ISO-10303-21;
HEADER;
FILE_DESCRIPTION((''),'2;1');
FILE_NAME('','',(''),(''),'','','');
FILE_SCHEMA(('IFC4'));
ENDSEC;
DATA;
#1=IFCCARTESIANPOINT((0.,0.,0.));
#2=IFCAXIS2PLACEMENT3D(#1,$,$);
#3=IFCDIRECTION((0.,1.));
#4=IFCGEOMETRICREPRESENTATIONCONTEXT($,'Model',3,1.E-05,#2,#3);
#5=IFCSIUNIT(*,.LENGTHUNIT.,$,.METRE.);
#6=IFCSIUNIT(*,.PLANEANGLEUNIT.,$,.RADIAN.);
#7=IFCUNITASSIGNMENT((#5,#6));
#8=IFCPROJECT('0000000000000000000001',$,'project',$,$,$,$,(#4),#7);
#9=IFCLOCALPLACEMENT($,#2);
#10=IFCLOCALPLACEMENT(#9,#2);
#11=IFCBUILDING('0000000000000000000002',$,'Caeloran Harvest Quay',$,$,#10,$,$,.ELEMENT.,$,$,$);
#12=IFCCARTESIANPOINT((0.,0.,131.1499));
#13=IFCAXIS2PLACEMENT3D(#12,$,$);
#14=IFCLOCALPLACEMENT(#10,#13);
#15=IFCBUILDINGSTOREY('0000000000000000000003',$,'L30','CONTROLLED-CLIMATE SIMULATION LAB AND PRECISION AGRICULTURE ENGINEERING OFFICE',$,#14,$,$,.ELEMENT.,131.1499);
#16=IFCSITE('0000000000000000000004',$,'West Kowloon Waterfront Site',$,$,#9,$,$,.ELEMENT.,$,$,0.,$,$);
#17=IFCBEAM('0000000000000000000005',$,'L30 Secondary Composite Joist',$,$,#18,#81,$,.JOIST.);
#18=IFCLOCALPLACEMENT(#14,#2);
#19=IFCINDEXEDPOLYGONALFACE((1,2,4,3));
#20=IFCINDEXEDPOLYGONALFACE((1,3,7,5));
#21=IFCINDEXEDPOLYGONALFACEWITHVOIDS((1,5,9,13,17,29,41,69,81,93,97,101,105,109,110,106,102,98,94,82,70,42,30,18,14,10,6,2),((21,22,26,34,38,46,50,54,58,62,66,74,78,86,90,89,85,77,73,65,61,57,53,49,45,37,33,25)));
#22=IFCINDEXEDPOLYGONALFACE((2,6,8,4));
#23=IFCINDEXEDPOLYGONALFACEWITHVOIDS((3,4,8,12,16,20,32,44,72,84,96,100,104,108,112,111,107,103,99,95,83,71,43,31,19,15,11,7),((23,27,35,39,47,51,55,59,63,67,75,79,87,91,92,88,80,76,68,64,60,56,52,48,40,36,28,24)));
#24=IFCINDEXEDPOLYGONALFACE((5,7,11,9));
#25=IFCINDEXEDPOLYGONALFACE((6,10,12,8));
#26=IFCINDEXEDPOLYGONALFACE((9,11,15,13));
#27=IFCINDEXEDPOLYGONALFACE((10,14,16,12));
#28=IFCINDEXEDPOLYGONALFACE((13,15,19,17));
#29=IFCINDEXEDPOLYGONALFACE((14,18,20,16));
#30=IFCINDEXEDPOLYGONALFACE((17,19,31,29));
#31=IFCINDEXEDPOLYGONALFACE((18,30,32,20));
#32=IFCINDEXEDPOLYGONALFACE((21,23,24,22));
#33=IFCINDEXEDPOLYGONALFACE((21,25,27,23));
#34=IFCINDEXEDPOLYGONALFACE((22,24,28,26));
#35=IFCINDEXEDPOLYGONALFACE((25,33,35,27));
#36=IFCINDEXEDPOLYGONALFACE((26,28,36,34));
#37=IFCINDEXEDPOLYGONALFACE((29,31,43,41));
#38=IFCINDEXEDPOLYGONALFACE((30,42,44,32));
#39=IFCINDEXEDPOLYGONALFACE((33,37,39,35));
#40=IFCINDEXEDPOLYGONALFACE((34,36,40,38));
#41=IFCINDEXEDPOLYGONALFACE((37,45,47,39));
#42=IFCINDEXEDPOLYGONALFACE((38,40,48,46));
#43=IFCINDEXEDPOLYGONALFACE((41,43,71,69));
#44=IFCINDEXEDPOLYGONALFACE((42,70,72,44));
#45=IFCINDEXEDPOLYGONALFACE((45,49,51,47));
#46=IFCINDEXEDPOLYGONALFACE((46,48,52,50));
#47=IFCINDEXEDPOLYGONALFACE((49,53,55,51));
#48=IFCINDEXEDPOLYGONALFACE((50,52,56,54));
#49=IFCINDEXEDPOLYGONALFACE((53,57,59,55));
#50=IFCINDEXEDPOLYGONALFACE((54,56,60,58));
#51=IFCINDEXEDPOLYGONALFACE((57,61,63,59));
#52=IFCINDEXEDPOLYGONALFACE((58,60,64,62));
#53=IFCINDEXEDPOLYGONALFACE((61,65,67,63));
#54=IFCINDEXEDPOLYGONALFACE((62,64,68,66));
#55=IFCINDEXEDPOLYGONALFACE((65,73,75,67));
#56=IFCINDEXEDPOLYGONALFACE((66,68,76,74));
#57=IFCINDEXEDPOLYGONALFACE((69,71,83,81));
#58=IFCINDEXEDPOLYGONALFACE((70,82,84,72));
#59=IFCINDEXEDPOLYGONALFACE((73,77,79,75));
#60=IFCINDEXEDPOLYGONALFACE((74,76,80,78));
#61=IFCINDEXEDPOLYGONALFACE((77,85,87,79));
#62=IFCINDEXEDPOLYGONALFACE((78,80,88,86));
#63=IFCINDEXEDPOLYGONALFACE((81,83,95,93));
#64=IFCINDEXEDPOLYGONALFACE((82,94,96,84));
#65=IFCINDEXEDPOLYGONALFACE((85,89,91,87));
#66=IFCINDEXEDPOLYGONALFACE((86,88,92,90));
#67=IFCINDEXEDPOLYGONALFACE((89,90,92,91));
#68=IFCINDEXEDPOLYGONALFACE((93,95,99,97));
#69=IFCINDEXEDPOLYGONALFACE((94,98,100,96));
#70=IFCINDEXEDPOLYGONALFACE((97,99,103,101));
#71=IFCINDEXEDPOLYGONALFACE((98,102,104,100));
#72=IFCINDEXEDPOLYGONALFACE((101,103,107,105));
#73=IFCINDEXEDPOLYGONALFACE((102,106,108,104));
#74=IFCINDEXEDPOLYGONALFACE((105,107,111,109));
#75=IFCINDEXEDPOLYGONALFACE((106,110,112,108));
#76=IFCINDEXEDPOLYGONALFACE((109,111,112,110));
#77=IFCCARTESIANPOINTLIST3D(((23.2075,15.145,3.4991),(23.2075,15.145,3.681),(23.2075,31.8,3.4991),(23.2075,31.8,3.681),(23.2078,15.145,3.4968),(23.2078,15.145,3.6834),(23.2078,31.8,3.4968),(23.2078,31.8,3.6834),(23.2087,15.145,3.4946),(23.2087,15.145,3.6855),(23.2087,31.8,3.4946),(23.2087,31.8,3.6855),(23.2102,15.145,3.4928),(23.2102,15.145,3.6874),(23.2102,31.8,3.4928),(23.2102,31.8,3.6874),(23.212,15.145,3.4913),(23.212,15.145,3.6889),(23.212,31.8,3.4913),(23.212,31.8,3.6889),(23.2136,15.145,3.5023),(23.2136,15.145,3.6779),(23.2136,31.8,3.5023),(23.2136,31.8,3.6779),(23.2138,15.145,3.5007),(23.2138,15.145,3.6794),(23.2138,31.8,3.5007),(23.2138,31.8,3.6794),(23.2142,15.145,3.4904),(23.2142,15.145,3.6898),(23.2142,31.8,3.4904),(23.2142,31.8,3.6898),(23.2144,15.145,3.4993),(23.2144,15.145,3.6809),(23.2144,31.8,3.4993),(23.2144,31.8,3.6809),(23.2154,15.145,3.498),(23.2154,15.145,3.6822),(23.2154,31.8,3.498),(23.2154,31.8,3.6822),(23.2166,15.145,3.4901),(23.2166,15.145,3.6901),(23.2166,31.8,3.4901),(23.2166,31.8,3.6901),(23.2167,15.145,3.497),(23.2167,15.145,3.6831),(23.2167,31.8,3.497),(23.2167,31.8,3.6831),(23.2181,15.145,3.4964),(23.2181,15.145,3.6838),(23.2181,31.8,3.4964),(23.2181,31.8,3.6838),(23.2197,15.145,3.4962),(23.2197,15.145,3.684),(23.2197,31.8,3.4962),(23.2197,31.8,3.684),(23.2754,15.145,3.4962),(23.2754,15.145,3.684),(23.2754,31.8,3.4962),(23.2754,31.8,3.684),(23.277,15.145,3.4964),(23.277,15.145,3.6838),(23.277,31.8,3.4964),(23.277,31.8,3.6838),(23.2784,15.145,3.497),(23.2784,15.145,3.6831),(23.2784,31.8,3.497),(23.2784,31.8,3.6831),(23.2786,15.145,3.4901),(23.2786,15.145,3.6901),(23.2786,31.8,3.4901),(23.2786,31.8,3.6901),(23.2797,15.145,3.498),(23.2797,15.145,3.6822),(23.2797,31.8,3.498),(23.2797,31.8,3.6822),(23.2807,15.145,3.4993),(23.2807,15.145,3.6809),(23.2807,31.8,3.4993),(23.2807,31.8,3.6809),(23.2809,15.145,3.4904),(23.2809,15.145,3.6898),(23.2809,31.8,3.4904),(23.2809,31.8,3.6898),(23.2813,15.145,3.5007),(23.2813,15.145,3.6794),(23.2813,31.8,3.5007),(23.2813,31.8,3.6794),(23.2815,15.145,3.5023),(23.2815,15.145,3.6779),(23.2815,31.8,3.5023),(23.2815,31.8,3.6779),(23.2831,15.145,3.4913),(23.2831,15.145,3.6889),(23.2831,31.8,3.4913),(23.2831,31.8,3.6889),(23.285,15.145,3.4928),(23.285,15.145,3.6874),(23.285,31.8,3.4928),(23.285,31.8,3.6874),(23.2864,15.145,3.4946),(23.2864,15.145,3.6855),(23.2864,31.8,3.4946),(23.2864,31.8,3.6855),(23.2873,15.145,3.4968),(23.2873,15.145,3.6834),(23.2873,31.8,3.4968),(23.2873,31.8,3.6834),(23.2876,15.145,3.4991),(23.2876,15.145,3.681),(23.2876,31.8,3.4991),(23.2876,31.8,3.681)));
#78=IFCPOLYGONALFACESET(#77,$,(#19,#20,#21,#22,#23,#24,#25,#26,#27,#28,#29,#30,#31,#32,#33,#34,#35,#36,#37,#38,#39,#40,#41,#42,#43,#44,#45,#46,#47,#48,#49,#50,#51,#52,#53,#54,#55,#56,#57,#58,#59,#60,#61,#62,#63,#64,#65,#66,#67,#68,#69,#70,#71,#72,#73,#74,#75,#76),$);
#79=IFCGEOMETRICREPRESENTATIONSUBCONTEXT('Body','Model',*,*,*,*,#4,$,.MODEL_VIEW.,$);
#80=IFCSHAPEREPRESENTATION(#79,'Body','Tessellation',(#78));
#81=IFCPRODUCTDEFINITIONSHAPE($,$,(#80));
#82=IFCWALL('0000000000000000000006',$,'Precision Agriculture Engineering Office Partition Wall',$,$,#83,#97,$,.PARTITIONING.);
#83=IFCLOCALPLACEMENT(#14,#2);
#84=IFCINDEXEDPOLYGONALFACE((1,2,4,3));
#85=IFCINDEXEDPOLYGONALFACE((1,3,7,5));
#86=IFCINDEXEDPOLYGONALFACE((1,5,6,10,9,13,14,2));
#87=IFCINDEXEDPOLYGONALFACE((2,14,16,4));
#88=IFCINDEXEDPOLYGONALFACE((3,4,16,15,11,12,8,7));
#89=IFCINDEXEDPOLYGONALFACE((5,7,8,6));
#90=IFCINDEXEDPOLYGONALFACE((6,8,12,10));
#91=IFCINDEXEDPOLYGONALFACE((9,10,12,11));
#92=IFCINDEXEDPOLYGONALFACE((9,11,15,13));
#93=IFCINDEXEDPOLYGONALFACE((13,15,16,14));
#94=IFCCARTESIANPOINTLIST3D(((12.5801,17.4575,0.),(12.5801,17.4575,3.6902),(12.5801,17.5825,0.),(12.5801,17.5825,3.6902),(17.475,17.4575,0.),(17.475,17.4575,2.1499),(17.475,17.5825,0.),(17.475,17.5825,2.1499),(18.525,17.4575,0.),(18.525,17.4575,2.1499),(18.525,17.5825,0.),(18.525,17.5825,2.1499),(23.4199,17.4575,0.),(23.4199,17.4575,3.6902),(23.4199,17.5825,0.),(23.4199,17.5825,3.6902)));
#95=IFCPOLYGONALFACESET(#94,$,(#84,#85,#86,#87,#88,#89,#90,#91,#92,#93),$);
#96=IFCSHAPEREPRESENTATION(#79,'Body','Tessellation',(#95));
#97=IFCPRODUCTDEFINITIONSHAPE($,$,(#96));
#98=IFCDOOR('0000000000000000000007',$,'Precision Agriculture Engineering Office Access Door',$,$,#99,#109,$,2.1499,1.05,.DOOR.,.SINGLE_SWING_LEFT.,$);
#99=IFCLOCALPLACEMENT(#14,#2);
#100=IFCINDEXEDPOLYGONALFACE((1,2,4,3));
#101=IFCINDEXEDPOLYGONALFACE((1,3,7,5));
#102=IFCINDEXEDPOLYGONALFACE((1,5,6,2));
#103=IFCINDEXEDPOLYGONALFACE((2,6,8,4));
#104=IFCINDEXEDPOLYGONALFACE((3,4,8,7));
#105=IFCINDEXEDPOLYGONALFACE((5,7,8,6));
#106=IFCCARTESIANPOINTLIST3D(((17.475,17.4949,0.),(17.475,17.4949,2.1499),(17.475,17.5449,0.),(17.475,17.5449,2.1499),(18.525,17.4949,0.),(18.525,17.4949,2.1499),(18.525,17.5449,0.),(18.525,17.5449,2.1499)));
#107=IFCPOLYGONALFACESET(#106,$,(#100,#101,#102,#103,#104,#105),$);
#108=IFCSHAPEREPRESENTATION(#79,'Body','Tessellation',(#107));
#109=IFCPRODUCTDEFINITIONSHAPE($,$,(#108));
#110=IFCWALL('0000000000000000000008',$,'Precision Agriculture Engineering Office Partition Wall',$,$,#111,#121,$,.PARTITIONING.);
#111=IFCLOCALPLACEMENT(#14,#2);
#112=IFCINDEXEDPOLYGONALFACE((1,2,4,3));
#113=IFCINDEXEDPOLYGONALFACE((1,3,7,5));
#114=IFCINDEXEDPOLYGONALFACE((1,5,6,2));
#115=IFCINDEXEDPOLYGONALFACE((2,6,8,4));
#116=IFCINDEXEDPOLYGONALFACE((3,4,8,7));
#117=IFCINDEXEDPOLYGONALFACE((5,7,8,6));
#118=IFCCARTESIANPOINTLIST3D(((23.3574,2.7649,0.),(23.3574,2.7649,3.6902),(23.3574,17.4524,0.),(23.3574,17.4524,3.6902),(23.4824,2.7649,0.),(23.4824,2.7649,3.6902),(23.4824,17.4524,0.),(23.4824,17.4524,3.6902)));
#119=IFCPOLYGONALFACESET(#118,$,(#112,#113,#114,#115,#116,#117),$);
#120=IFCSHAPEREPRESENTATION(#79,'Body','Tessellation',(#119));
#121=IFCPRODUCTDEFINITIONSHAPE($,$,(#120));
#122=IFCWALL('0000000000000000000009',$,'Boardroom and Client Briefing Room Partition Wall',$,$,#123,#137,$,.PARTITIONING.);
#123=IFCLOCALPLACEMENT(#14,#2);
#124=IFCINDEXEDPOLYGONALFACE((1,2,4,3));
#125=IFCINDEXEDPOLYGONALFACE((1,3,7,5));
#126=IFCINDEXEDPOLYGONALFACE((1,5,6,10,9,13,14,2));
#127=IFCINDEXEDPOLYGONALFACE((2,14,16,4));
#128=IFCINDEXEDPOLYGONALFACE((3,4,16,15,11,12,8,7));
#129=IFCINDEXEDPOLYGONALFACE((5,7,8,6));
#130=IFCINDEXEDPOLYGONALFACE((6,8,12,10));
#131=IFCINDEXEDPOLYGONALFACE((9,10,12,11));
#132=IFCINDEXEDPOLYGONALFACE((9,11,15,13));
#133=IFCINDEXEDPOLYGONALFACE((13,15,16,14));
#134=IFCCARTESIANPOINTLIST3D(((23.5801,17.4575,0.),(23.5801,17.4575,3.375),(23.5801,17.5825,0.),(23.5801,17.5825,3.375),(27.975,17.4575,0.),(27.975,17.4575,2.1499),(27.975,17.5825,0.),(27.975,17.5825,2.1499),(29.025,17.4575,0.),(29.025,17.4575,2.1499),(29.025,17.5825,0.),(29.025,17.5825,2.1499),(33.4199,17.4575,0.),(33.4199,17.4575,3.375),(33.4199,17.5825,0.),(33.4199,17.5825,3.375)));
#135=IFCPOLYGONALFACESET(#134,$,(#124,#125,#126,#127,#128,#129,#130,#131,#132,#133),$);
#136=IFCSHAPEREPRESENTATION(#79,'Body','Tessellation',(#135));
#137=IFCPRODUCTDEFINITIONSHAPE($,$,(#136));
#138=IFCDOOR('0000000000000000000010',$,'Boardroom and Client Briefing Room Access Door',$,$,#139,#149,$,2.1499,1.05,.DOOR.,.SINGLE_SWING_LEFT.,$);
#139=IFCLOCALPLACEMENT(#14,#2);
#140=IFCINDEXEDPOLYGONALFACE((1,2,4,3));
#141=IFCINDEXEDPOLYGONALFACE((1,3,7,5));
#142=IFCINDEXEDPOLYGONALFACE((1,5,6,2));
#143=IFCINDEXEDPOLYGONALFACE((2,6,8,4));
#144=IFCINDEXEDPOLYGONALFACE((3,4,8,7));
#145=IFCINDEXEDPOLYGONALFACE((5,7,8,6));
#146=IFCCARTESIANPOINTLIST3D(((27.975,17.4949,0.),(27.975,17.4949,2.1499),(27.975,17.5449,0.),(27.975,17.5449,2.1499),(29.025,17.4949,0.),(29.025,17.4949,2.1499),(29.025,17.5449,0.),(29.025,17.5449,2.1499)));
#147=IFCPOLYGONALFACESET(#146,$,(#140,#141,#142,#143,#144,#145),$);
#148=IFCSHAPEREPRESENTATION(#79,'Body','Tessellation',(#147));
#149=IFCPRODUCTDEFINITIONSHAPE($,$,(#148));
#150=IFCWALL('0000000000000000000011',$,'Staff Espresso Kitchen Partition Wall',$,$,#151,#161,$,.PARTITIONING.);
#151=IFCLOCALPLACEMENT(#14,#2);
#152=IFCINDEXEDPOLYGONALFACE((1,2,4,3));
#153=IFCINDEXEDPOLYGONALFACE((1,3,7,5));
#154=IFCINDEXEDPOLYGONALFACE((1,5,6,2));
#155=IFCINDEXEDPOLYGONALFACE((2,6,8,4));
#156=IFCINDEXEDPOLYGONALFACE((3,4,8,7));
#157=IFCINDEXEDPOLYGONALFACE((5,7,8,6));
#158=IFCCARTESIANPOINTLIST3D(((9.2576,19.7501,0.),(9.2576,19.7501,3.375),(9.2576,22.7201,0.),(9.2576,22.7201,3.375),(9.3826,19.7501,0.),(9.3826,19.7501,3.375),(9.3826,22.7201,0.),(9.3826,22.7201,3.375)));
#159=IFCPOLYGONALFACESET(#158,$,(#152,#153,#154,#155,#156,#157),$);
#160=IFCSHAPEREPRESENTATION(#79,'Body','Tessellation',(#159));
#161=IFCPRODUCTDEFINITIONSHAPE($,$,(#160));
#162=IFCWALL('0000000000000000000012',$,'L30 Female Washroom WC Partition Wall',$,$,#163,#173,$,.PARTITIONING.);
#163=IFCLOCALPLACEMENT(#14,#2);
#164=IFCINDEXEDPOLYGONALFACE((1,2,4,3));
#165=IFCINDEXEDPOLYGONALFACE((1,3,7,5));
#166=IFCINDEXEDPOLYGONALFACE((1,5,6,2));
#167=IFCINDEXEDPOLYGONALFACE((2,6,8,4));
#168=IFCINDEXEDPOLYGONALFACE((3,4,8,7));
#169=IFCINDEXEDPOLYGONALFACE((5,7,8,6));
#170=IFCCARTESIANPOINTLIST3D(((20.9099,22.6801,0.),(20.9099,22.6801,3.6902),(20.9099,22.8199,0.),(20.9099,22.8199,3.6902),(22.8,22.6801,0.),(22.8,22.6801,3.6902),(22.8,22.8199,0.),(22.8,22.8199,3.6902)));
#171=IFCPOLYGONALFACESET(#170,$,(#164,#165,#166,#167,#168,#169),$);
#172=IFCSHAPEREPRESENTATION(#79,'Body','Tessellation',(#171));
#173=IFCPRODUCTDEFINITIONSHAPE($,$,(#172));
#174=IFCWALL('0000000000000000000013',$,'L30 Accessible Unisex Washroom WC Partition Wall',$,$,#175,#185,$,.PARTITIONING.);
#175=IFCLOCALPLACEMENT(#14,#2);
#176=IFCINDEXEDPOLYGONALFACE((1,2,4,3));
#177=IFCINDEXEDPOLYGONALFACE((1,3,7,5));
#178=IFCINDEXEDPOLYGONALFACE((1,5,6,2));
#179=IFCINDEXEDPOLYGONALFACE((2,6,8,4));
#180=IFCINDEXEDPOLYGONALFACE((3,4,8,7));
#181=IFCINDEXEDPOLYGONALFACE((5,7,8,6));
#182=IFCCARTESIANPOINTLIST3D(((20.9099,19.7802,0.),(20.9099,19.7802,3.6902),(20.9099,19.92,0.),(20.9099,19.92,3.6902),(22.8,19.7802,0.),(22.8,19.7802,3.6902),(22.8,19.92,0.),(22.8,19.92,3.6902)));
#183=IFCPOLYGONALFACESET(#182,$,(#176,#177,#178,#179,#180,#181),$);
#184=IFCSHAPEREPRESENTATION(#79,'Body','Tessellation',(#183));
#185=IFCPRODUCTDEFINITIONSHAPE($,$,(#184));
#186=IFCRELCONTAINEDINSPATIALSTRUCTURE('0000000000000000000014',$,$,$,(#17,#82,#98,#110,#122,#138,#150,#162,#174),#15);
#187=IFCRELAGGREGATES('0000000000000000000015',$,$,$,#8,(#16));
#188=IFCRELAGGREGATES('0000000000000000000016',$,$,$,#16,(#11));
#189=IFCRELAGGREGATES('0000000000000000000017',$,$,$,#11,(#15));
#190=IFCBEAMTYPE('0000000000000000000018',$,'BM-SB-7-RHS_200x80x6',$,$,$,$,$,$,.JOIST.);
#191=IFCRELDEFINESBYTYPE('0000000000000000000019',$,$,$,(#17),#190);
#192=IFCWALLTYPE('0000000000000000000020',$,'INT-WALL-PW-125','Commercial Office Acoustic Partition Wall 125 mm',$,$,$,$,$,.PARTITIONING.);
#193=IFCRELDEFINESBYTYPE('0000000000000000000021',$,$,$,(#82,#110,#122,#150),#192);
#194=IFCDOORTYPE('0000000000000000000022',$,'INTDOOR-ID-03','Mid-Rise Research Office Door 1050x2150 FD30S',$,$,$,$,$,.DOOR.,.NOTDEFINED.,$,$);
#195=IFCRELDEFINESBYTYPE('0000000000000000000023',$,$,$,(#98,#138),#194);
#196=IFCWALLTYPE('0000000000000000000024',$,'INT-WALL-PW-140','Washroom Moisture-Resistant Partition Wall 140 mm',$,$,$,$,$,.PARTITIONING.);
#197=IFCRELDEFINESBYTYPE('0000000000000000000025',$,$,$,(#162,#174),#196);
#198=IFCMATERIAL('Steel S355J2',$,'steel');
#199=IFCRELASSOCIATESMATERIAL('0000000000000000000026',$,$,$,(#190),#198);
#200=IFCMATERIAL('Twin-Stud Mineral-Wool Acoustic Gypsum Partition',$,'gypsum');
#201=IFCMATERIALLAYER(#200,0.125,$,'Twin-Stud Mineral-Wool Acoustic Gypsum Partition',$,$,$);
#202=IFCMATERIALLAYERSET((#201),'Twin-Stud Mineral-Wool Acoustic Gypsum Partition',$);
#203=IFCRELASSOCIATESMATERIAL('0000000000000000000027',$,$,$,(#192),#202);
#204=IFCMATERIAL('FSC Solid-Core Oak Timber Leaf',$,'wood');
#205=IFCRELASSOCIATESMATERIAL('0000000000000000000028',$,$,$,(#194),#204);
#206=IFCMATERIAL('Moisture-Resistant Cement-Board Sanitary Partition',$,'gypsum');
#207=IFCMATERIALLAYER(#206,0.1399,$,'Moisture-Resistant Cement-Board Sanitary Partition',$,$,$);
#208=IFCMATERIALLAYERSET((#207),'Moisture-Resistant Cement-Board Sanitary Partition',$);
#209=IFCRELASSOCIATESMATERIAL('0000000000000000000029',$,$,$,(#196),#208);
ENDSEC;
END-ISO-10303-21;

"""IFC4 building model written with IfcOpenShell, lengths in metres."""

from ifc_helpers import new_model, si_unit, direction, frame, frame_2d, origin, origin_2d, place, context, subcontext, project, spatial, rectangle, hollow_rectangle, extrude, material, layer, layer_set, material_profile, profile_set, type_object, element, fill, save


model = new_model("IFC4")

# Units and contexts
model_context = context("Model", 3, precision=1e-05, world=origin(), true_north=direction((0.0, 1.0)))
body_context = subcontext(model_context, "Body", "Model", "MODEL_VIEW")
ifc_project = project(units=[si_unit("LENGTHUNIT", "METRE"), si_unit("PLANEANGLEUNIT", "RADIAN")], contexts=[model_context])

# Site, building, storey
site_placement = place(None, origin())
site = spatial("IfcSite", under=ifc_project, at=site_placement, Name="West Kowloon Waterfront Site", CompositionType="ELEMENT", RefElevation=0.0)
building_placement = place(site_placement, origin())
building = spatial("IfcBuilding", under=site, at=building_placement, Name="Caeloran Harvest Quay", CompositionType="ELEMENT")
storey_placement = place(building_placement, frame((0.0, 0.0, 131.1499)))
storey = spatial("IfcBuildingStorey", under=building, at=storey_placement, Name="L30", Description="CONTROLLED-CLIMATE SIMULATION LAB AND PRECISION AGRICULTURE ENGINEERING OFFICE", CompositionType="ELEMENT", Elevation=131.1499)

# Beam
ifc_material_1 = material(Name="Steel S355J2", Category="steel")
ifc_material_profile_1 = material_profile(ifc_material_1, hollow_rectangle(XDim=0.0801, YDim=0.2, WallThickness=0.0061, InnerFilletRadius=0.0061, OuterFilletRadius=0.009, at=origin_2d()), Name="RHS 200x80x6")
ifc_profile_set_1 = profile_set([ifc_material_profile_1], Name="Steel S355J2")
beam_type_1 = type_object("IfcBeamType", Name="BM-SB-7-RHS_200x80x6", PredefinedType="JOIST", material=ifc_profile_set_1)
for number, where, z_axis, x_axis, name in (
    (1, (23.2476, 15.145, 3.5901), (0.0, 1.0, 0.0), (-1.0, 0.0, 0.0), "L30 Secondary Composite Joist"),
):
    element("IfcBeam", number, at=place(storey_placement, frame(where, z_axis=z_axis, x_axis=x_axis)), inside=storey, type_object=beam_type_1, Name=name, PredefinedType="JOIST", context=body_context, shape_type="SweptSolid", body=[
        extrude(hollow_rectangle(XDim=0.0801, YDim=0.2, WallThickness=0.0061, InnerFilletRadius=0.0061, OuterFilletRadius=0.009, at=origin_2d()), origin(), (0.0, 0.0, 1.0), 16.655),
    ])

# Wall, opening, door
ifc_material_2 = material(Name="Twin-Stud Mineral-Wool Acoustic Gypsum Partition", Category="gypsum")
ifc_layer_1 = layer(ifc_material_2, 0.125, Name="Twin-Stud Mineral-Wool Acoustic Gypsum Partition")
ifc_layer_set_1 = layer_set([ifc_layer_1], Name="Twin-Stud Mineral-Wool Acoustic Gypsum Partition")
wall_type_1 = type_object("IfcWallType", Name="INT-WALL-PW-125", Description="Commercial Office Acoustic Partition Wall 125 mm", PredefinedType="PARTITIONING", material=ifc_layer_set_1)
wall_1_placement = place(storey_placement, frame((12.5801, 17.52, 0.0), z_axis=(0.0, 0.0, 1.0), x_axis=(1.0, 0.0, 0.0)))
wall_1 = element("IfcWall", 2, at=wall_1_placement, inside=storey, type_object=wall_type_1, Name="Precision Agriculture Engineering Office Partition Wall", PredefinedType="PARTITIONING", context=body_context, shape_type="SweptSolid", body=[
    extrude(rectangle(XDim=10.8398, YDim=0.125, at=frame_2d((5.4199, 0.0))), origin(), (0.0, 0.0, 1.0), 3.6902),
])
opening_1_placement = place(wall_1_placement, frame((4.895, 0.0, 0.0)))
opening_1 = element("IfcOpeningElement", 3, at=opening_1_placement, cuts=wall_1, PredefinedType="OPENING", context=body_context, shape_type="SweptSolid", body=[
    extrude(rectangle(XDim=1.05, YDim=2.1499, at=frame_2d((0.5249, 1.075))), frame((0.0, 0.0725, 0.0), z_axis=(0.0, -1.0, 0.0), x_axis=(1.0, 0.0, 0.0)), (0.0, 0.0, 1.0), 0.145),
])
ifc_material_3 = material(Name="FSC Solid-Core Oak Timber Leaf", Category="wood")
door_type_1 = type_object("IfcDoorType", Name="INTDOOR-ID-03", Description="Mid-Rise Research Office Door 1050x2150 FD30S", OperationType="NOTDEFINED", PredefinedType="DOOR", material=ifc_material_3)
door_1_placement = place(opening_1_placement, origin())
door_1 = element("IfcDoor", 4, at=door_1_placement, inside=storey, type_object=door_type_1, Name="Precision Agriculture Engineering Office Access Door", OperationType="SINGLE_SWING_LEFT", OverallHeight=2.1499, OverallWidth=1.05, PredefinedType="DOOR", context=body_context, shape_type="SweptSolid", body=[
    extrude(rectangle(XDim=1.05, YDim=2.1499, at=frame_2d((0.5249, 1.075))), frame((0.0, 0.0249, 0.0), z_axis=(0.0, -1.0, 0.0), x_axis=(1.0, 0.0, 0.0)), (0.0, 0.0, 1.0), 0.05),
])
fill(opening_1, door_1)

# Wall
wall_2_placement = place(storey_placement, frame((23.4199, 17.4524, 0.0), z_axis=(0.0, 0.0, 1.0), x_axis=(0.0, -1.0, 0.0)))
element("IfcWall", 5, at=wall_2_placement, inside=storey, type_object=wall_type_1, Name="Precision Agriculture Engineering Office Partition Wall", PredefinedType="PARTITIONING", context=body_context, shape_type="SweptSolid", body=[
    extrude(rectangle(XDim=14.6875, YDim=0.125, at=frame_2d((7.3438, 0.0))), origin(), (0.0, 0.0, 1.0), 3.6902),
])

# Wall, opening, door
wall_3_placement = place(storey_placement, frame((23.5801, 17.52, 0.0), z_axis=(0.0, 0.0, 1.0), x_axis=(1.0, 0.0, 0.0)))
wall_3 = element("IfcWall", 6, at=wall_3_placement, inside=storey, type_object=wall_type_1, Name="Boardroom and Client Briefing Room Partition Wall", PredefinedType="PARTITIONING", context=body_context, shape_type="SweptSolid", body=[
    extrude(rectangle(XDim=9.8398, YDim=0.125, at=frame_2d((4.9199, 0.0))), origin(), (0.0, 0.0, 1.0), 3.375),
])
opening_2_placement = place(wall_3_placement, frame((4.395, 0.0, 0.0)))
opening_2 = element("IfcOpeningElement", 7, at=opening_2_placement, cuts=wall_3, PredefinedType="OPENING", context=body_context, shape_type="SweptSolid", body=[
    extrude(rectangle(XDim=1.05, YDim=2.1499, at=frame_2d((0.5249, 1.075))), frame((0.0, 0.0725, 0.0), z_axis=(0.0, -1.0, 0.0), x_axis=(1.0, 0.0, 0.0)), (0.0, 0.0, 1.0), 0.145),
])
door_2_placement = place(opening_2_placement, origin())
door_2 = element("IfcDoor", 8, at=door_2_placement, inside=storey, type_object=door_type_1, Name="Boardroom and Client Briefing Room Access Door", OperationType="SINGLE_SWING_LEFT", OverallHeight=2.1499, OverallWidth=1.05, PredefinedType="DOOR", context=body_context, shape_type="SweptSolid", body=[
    extrude(rectangle(XDim=1.05, YDim=2.1499, at=frame_2d((0.5249, 1.075))), frame((0.0, 0.0249, 0.0), z_axis=(0.0, -1.0, 0.0), x_axis=(1.0, 0.0, 0.0)), (0.0, 0.0, 1.0), 0.05),
])
fill(opening_2, door_2)

# Wall
wall_4_placement = place(storey_placement, frame((9.3201, 22.72, 0.0), z_axis=(0.0, 0.0, 1.0), x_axis=(0.0, -1.0, 0.0)))
element("IfcWall", 9, at=wall_4_placement, inside=storey, type_object=wall_type_1, Name="Staff Espresso Kitchen Partition Wall", PredefinedType="PARTITIONING", context=body_context, shape_type="SweptSolid", body=[
    extrude(rectangle(XDim=2.97, YDim=0.125, at=frame_2d((1.4849, 0.0))), origin(), (0.0, 0.0, 1.0), 3.375),
])

# Wall
ifc_material_4 = material(Name="Moisture-Resistant Cement-Board Sanitary Partition", Category="gypsum")
ifc_layer_2 = layer(ifc_material_4, 0.1399, Name="Moisture-Resistant Cement-Board Sanitary Partition")
ifc_layer_set_2 = layer_set([ifc_layer_2], Name="Moisture-Resistant Cement-Board Sanitary Partition")
wall_type_2 = type_object("IfcWallType", Name="INT-WALL-PW-140", Description="Washroom Moisture-Resistant Partition Wall 140 mm", PredefinedType="PARTITIONING", material=ifc_layer_set_2)
wall_5_placement = place(storey_placement, frame((22.8, 22.75, 0.0), z_axis=(0.0, 0.0, 1.0), x_axis=(-1.0, 0.0, 0.0)))
element("IfcWall", 10, at=wall_5_placement, inside=storey, type_object=wall_type_2, Name="L30 Female Washroom WC Partition Wall", PredefinedType="PARTITIONING", context=body_context, shape_type="SweptSolid", body=[
    extrude(rectangle(XDim=1.8901, YDim=0.1399, at=frame_2d((0.9451, 0.0))), origin(), (0.0, 0.0, 1.0), 3.6902),
])

# Wall
wall_6_placement = place(storey_placement, frame((22.8, 19.8501, 0.0), z_axis=(0.0, 0.0, 1.0), x_axis=(-1.0, 0.0, 0.0)))
element("IfcWall", 11, at=wall_6_placement, inside=storey, type_object=wall_type_2, Name="L30 Accessible Unisex Washroom WC Partition Wall", PredefinedType="PARTITIONING", context=body_context, shape_type="SweptSolid", body=[
    extrude(rectangle(XDim=1.8901, YDim=0.1399, at=frame_2d((0.9451, 0.0))), origin(), (0.0, 0.0, 1.0), 3.6902),
])

save(model, "model.ifc")
